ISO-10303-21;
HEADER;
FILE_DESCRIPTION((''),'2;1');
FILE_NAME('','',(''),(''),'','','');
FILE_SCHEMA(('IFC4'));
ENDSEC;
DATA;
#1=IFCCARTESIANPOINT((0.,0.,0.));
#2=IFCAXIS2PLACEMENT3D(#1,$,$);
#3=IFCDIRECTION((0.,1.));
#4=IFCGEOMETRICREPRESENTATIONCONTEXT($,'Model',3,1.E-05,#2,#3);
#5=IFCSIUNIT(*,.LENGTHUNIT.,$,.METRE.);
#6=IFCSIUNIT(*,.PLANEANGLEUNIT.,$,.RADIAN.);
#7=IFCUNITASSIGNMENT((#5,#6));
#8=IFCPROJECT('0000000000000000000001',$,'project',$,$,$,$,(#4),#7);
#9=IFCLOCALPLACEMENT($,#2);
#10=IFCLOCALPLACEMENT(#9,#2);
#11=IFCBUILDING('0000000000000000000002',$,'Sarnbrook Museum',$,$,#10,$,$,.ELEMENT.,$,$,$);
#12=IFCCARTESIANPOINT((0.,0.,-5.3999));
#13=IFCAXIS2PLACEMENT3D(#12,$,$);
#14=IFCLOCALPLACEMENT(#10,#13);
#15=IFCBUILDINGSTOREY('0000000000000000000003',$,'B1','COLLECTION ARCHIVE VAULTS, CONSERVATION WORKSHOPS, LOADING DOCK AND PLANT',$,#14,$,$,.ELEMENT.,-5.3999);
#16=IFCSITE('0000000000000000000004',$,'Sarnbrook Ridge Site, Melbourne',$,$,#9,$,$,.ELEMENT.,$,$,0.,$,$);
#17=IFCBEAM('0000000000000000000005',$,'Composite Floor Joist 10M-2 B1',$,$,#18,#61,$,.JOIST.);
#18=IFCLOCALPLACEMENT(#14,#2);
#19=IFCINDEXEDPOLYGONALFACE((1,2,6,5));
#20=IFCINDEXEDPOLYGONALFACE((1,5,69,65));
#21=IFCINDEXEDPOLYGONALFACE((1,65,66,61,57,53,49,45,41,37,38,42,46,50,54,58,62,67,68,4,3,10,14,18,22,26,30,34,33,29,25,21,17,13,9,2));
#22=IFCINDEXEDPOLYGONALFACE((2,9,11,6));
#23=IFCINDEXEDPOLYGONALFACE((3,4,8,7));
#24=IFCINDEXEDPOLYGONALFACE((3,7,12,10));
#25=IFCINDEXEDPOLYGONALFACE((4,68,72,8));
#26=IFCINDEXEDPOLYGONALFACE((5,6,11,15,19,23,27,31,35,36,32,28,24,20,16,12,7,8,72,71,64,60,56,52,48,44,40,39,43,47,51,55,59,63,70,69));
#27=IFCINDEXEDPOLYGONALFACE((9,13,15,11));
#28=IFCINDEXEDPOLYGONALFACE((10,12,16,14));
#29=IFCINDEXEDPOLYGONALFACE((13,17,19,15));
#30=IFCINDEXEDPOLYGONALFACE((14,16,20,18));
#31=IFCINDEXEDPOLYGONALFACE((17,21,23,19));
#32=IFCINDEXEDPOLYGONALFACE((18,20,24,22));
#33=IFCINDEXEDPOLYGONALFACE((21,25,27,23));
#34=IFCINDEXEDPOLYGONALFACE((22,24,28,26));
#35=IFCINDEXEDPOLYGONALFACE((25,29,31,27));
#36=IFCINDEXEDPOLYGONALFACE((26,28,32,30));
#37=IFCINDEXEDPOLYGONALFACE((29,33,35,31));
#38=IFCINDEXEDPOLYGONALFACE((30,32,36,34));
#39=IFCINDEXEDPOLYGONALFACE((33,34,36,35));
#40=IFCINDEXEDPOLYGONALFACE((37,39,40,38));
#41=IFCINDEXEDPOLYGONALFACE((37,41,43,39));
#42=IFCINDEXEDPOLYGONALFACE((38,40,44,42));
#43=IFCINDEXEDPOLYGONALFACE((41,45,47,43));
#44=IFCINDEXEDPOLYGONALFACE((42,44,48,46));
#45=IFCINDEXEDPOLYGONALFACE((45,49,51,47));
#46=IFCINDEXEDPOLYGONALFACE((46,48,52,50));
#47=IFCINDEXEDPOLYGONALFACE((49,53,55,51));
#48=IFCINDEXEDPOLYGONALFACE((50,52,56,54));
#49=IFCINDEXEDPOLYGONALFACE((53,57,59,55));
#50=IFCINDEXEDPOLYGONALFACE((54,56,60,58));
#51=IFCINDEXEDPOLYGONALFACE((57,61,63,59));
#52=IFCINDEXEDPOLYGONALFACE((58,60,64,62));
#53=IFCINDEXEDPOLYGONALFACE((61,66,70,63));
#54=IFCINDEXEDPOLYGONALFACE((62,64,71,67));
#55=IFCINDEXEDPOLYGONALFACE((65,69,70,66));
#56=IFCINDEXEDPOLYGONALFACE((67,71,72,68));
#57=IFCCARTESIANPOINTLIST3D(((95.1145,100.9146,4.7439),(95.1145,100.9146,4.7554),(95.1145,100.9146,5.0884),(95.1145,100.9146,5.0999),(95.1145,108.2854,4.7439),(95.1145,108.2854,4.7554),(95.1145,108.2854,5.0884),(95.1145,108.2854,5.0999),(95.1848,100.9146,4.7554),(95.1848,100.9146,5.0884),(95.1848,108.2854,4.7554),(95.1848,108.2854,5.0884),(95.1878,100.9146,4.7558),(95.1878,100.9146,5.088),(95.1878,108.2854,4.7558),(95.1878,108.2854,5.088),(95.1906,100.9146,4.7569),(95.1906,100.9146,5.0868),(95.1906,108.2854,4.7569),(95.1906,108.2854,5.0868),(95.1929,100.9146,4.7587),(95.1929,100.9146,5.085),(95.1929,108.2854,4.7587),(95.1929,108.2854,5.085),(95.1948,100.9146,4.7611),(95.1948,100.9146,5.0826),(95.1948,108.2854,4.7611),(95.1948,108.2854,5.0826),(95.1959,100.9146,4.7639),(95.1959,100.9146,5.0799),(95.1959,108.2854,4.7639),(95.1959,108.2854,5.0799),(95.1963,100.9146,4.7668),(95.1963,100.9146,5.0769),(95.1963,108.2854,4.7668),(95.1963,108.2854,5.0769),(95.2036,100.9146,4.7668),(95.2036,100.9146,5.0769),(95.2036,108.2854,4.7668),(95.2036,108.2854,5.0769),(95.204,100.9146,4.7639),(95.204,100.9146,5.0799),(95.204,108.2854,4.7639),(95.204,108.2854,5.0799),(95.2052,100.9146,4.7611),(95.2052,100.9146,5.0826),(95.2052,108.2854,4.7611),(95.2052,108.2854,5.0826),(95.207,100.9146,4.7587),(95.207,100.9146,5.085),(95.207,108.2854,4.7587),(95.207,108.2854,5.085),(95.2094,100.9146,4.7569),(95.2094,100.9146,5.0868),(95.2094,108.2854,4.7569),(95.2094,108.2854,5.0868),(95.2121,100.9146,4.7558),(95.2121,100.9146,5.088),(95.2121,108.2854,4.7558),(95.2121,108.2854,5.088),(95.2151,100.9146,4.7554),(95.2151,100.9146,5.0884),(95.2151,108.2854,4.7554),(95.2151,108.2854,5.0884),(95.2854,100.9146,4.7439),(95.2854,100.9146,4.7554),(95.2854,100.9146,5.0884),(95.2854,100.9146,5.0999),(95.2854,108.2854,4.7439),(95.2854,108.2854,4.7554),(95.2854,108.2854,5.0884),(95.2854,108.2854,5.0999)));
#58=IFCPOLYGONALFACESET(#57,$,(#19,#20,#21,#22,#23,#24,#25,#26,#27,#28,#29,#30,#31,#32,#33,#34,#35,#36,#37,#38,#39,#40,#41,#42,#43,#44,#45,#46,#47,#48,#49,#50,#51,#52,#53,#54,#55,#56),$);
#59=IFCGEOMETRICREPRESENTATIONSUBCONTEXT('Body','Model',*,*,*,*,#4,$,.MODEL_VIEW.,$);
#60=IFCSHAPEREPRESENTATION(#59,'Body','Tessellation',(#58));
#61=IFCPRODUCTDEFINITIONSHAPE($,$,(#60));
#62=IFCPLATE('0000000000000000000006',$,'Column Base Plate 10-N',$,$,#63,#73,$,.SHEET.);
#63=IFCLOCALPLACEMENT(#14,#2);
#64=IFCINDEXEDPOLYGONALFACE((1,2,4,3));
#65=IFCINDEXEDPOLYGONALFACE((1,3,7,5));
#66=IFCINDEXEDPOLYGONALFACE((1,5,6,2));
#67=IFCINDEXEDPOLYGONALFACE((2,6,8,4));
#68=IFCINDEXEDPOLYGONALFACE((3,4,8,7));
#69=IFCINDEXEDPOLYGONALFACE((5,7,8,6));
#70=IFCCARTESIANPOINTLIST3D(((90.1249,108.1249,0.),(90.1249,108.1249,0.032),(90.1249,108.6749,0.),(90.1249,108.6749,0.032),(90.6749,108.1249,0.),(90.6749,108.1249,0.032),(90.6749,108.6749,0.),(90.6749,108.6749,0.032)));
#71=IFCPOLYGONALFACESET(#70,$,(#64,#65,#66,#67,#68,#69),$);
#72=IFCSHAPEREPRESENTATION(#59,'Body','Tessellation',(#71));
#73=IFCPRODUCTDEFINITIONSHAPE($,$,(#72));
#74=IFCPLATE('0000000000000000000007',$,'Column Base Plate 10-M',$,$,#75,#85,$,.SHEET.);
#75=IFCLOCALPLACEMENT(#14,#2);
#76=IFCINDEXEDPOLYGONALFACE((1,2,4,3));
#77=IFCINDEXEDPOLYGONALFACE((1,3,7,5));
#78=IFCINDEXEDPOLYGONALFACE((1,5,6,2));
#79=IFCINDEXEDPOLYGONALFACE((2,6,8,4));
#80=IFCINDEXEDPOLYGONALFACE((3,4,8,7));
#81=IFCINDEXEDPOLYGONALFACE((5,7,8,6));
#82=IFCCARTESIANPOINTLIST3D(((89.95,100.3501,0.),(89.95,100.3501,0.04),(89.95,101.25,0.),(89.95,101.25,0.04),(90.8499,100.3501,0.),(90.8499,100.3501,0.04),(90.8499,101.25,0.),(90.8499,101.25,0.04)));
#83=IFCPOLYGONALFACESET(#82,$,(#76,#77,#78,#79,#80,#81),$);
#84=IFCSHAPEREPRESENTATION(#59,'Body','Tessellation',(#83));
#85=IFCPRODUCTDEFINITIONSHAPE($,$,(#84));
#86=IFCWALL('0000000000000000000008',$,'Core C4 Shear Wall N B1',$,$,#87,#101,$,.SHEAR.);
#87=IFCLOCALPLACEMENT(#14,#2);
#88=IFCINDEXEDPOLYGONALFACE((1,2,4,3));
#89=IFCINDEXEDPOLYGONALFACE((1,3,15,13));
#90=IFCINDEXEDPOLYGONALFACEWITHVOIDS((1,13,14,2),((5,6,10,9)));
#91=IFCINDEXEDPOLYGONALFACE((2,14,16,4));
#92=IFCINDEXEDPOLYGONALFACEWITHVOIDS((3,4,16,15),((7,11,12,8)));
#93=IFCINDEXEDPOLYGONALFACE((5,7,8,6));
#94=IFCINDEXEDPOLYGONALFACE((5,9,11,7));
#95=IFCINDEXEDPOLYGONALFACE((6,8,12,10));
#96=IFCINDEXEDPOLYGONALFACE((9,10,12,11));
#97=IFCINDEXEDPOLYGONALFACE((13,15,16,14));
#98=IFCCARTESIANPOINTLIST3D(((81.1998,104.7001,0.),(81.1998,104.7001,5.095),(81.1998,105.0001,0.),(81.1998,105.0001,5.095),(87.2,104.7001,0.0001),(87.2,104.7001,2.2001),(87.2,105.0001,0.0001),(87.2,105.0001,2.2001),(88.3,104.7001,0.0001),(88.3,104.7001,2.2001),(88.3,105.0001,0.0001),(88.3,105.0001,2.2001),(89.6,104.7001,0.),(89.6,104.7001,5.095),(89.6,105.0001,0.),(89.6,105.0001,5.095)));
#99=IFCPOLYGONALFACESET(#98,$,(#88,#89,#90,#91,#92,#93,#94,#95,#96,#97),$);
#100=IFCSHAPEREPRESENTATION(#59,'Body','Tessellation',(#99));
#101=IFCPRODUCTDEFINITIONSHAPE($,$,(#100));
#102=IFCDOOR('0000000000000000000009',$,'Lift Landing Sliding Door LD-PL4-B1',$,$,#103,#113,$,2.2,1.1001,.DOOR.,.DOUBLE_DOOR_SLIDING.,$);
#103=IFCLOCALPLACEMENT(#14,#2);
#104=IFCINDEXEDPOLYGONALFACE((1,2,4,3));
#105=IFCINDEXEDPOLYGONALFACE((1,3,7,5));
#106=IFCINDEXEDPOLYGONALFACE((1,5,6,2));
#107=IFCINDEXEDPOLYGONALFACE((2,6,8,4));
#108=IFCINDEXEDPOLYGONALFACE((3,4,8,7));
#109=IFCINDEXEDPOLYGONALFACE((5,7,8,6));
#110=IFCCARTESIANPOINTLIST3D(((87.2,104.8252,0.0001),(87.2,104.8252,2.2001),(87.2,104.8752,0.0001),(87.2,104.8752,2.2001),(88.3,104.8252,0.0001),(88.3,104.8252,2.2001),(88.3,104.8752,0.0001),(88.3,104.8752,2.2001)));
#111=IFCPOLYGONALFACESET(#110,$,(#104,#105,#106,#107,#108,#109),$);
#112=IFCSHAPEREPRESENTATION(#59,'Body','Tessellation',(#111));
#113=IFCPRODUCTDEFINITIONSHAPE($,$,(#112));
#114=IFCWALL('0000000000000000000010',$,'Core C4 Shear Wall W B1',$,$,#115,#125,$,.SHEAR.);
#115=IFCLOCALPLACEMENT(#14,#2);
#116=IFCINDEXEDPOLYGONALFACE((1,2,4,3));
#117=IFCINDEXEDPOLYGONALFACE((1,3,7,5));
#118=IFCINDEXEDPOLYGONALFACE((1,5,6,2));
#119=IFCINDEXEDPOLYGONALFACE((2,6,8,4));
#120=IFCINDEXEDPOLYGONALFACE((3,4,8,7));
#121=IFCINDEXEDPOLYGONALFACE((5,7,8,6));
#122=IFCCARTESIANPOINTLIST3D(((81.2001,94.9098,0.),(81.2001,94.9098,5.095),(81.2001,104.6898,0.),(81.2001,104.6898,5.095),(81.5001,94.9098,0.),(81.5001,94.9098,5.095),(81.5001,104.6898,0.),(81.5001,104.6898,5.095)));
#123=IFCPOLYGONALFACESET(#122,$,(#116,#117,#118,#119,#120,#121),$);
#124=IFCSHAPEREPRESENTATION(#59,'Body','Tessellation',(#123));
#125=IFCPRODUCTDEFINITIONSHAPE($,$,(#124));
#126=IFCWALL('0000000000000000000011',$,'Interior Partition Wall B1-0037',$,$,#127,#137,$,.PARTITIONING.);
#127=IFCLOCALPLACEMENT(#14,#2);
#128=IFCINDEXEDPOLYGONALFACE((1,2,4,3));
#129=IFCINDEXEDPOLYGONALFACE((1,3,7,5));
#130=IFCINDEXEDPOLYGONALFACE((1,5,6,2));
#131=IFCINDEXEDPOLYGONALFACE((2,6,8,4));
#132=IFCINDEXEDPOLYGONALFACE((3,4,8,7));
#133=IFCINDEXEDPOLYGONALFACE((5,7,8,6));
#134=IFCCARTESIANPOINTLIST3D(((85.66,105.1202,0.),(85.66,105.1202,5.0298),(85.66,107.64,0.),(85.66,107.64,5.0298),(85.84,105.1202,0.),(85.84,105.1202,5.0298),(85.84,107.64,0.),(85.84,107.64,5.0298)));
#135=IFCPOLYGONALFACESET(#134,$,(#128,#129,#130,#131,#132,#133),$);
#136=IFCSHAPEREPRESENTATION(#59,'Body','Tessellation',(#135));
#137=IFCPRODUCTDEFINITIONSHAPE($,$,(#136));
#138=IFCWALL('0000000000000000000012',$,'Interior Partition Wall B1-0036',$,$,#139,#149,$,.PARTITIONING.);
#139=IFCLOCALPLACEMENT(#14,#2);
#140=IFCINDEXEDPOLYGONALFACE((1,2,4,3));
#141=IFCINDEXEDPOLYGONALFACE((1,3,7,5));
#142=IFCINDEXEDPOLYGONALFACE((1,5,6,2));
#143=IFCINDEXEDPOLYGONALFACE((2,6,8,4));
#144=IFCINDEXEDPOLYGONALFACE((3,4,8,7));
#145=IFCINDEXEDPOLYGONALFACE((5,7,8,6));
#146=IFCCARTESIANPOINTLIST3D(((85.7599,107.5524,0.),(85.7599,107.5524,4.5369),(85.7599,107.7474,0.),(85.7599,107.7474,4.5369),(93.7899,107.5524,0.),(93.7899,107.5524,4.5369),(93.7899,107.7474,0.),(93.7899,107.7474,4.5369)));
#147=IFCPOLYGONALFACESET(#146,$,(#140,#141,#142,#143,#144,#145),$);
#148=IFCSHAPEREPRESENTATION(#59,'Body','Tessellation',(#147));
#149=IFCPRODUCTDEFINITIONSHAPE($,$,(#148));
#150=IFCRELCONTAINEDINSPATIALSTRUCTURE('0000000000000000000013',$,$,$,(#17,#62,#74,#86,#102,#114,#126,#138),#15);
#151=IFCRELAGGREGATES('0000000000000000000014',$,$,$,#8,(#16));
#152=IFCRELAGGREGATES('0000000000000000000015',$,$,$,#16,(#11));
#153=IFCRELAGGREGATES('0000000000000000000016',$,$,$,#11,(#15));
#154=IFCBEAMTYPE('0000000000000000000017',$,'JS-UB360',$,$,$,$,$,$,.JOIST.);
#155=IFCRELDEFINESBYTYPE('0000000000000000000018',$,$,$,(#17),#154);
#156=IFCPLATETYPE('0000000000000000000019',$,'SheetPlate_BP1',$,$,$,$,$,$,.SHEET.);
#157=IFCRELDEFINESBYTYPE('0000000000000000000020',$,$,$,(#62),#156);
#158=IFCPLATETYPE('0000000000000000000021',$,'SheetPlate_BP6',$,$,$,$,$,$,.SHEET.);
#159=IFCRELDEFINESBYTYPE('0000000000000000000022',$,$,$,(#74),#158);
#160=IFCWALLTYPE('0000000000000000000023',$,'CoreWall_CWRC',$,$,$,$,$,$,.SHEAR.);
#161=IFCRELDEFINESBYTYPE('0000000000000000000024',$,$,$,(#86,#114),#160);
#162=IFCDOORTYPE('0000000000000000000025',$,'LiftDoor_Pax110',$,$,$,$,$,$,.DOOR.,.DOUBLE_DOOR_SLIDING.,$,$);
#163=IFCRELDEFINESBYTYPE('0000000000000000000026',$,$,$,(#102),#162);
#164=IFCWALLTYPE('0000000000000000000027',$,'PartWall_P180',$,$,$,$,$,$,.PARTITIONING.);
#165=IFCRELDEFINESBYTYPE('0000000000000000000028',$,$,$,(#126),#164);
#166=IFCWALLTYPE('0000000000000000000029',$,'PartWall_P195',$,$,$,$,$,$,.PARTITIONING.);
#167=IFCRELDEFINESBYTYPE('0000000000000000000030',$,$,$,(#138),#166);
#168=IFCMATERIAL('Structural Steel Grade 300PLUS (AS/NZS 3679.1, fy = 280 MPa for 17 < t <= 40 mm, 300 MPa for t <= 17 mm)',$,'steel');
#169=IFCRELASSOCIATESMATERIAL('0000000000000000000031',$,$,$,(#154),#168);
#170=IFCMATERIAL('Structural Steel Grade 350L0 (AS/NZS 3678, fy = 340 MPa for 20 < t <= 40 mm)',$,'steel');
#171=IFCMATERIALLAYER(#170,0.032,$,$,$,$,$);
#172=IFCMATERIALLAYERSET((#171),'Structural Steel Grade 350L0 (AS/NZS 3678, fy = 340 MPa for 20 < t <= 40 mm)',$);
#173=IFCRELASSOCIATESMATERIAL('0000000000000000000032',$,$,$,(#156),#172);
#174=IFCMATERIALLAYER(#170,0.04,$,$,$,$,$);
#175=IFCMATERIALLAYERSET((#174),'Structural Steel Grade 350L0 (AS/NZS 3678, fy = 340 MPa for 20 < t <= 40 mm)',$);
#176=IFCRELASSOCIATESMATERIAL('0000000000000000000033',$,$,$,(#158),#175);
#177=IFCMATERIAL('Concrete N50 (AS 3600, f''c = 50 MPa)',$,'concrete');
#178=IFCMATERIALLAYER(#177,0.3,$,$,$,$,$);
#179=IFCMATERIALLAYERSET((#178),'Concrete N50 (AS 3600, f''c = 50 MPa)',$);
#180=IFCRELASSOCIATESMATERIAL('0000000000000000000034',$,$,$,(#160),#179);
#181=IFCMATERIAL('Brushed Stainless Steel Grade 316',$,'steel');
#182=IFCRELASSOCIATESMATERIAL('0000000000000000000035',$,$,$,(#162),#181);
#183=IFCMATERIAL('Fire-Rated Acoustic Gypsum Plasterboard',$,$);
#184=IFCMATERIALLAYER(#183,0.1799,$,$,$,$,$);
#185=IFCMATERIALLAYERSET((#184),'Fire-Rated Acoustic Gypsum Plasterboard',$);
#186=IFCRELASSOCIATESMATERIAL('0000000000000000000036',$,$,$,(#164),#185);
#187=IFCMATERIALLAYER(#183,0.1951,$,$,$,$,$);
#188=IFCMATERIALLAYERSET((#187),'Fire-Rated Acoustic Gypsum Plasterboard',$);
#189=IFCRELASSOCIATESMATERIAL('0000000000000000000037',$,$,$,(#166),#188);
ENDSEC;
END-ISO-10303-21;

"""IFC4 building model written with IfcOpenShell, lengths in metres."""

from ifc_helpers import new_model, si_unit, direction, frame, frame_2d, origin, origin_2d, place, context, subcontext, project, spatial, rectangle, i_section, extrude, material, layer, layer_set, material_profile, profile_set, type_object, element, fill, save


model = new_model("IFC4")

# Units and contexts
model_context = context("Model", 3, precision=1e-05, world=origin(), true_north=direction((0.0, 1.0)))
body_context = subcontext(model_context, "Body", "Model", "MODEL_VIEW")
ifc_project = project(units=[si_unit("LENGTHUNIT", "METRE"), si_unit("PLANEANGLEUNIT", "RADIAN")], contexts=[model_context])

# Site, building, storey
site_placement = place(None, origin())
site = spatial("IfcSite", under=ifc_project, at=site_placement, Name="Sarnbrook Ridge Site, Melbourne", CompositionType="ELEMENT", RefElevation=0.0)
building_placement = place(site_placement, origin())
building = spatial("IfcBuilding", under=site, at=building_placement, Name="Sarnbrook Museum", CompositionType="ELEMENT")
storey_placement = place(building_placement, frame((0.0, 0.0, -5.3999)))
storey = spatial("IfcBuildingStorey", under=building, at=storey_placement, Name="B1", Description="COLLECTION ARCHIVE VAULTS, CONSERVATION WORKSHOPS, LOADING DOCK AND PLANT", CompositionType="ELEMENT", Elevation=-5.3999)

# Shared definitions
ifc_material_1 = material(Name="Concrete N50 (AS 3600, f'c = 50 MPa)", Category="concrete")

# Shared definitions
ifc_material_2 = material(Name="Structural Steel Grade 350L0 (AS/NZS 3678, fy = 340 MPa for 20 < t <= 40 mm)", Category="steel")

# Beam
ifc_material_3 = material(Name="Structural Steel Grade 300PLUS (AS/NZS 3679.1, fy = 280 MPa for 17 < t <= 40 mm, 300 MPa for t <= 17 mm)", Category="steel")
ifc_material_profile_1 = material_profile(ifc_material_3, i_section(OverallWidth=0.1709, OverallDepth=0.356, WebThickness=0.0073, FlangeThickness=0.0115, FilletRadius=0.0115, at=origin_2d()), Name="360UB50.7")
ifc_profile_set_1 = profile_set([ifc_material_profile_1], Name="Structural Steel Grade 300PLUS (AS/NZS 3679.1, fy = 280 MPa for 17 < t <= 40 mm, 300 MPa for t <= 17 mm)")
beam_type_1 = type_object("IfcBeamType", Name="JS-UB360", PredefinedType="JOIST", material=ifc_profile_set_1)
for number, where, z_axis, x_axis, name in (
    (1, (95.2, 100.9146, 4.9219), (0.0, 1.0, 0.0), (-1.0, 0.0, 0.0), "Composite Floor Joist 10M-2 B1"),
):
    element("IfcBeam", number, at=place(storey_placement, frame(where, z_axis=z_axis, x_axis=x_axis)), inside=storey, type_object=beam_type_1, Name=name, PredefinedType="JOIST", context=body_context, shape_type="SweptSolid", body=[
        extrude(i_section(OverallWidth=0.1709, OverallDepth=0.356, WebThickness=0.0073, FlangeThickness=0.0115, FilletRadius=0.0115, at=origin_2d()), origin(), (0.0, 0.0, 1.0), 7.3708),
    ])

# Plates
ifc_layer_1 = layer(ifc_material_2, 0.032)
ifc_layer_set_1 = layer_set([ifc_layer_1], Name="Structural Steel Grade 350L0 (AS/NZS 3678, fy = 340 MPa for 20 < t <= 40 mm)")
plate_type_1 = type_object("IfcPlateType", Name="SheetPlate_BP1", PredefinedType="SHEET", material=ifc_layer_set_1)
plate_1_placement = place(storey_placement, frame((90.3999, 108.3999, 0.0), z_axis=(0.0, 0.0, 1.0), x_axis=(1.0, 0.0, 0.0)))
element("IfcPlate", 2, at=plate_1_placement, inside=storey, type_object=plate_type_1, Name="Column Base Plate 10-N", PredefinedType="SHEET", context=body_context, shape_type="SweptSolid", body=[
    extrude(rectangle(XDim=0.55, YDim=0.55, at=origin_2d()), origin(), (0.0, 0.0, 1.0), 0.032),
])
ifc_layer_2 = layer(ifc_material_2, 0.04)
ifc_layer_set_2 = layer_set([ifc_layer_2], Name="Structural Steel Grade 350L0 (AS/NZS 3678, fy = 340 MPa for 20 < t <= 40 mm)")
plate_type_2 = type_object("IfcPlateType", Name="SheetPlate_BP6", PredefinedType="SHEET", material=ifc_layer_set_2)
plate_2_placement = place(storey_placement, frame((90.3999, 100.8, 0.0), z_axis=(0.0, 0.0, 1.0), x_axis=(1.0, 0.0, 0.0)))
element("IfcPlate", 3, at=plate_2_placement, inside=storey, type_object=plate_type_2, Name="Column Base Plate 10-M", PredefinedType="SHEET", context=body_context, shape_type="SweptSolid", body=[
    extrude(rectangle(XDim=0.8999, YDim=0.8999, at=origin_2d()), origin(), (0.0, 0.0, 1.0), 0.04),
])

# Wall, opening, door
ifc_layer_3 = layer(ifc_material_1, 0.3)
ifc_layer_set_3 = layer_set([ifc_layer_3], Name="Concrete N50 (AS 3600, f'c = 50 MPa)")
wall_type_1 = type_object("IfcWallType", Name="CoreWall_CWRC", PredefinedType="SHEAR", material=ifc_layer_set_3)
wall_1_placement = place(storey_placement, frame((89.6001, 104.8501, 0.0), z_axis=(0.0, 0.0, 1.0), x_axis=(-1.0, 0.0, 0.0)))
wall_1 = element("IfcWall", 4, at=wall_1_placement, inside=storey, type_object=wall_type_1, Name="Core C4 Shear Wall N B1", PredefinedType="SHEAR", context=body_context, shape_type="SweptSolid", body=[
    extrude(rectangle(XDim=8.4001, YDim=0.3, at=frame_2d((4.2002, 0.0))), origin(), (0.0, 0.0, 1.0), 5.095),
])
opening_placement = place(wall_1_placement, frame((1.3, 0.0, 0.0)))
opening = element("IfcOpeningElement", 5, at=opening_placement, cuts=wall_1, PredefinedType="OPENING", context=body_context, shape_type="SweptSolid", body=[
    extrude(rectangle(XDim=1.1001, YDim=2.2, at=frame_2d((0.55, 1.1001))), frame((0.0, 0.1602, 0.0), z_axis=(0.0, -1.0, 0.0), x_axis=(1.0, 0.0, 0.0)), (0.0, 0.0, 1.0), 0.3201),
])
ifc_material_4 = material(Name="Brushed Stainless Steel Grade 316", Category="steel")
door_type = type_object("IfcDoorType", Name="LiftDoor_Pax110", OperationType="DOUBLE_DOOR_SLIDING", PredefinedType="DOOR", material=ifc_material_4)
door_placement = place(opening_placement, origin())
door = element("IfcDoor", 6, at=door_placement, inside=storey, type_object=door_type, Name="Lift Landing Sliding Door LD-PL4-B1", OperationType="DOUBLE_DOOR_SLIDING", OverallHeight=2.2, OverallWidth=1.1001, PredefinedType="DOOR", context=body_context, shape_type="SweptSolid", body=[
    extrude(rectangle(XDim=1.1001, YDim=2.2, at=frame_2d((0.55, 1.1001))), frame((0.0, 0.0249, 0.0), z_axis=(0.0, -1.0, 0.0), x_axis=(1.0, 0.0, 0.0)), (0.0, 0.0, 1.0), 0.05),
])
fill(opening, door)

# Walls
wall_2_placement = place(storey_placement, frame((81.3501, 104.6899, 0.0), z_axis=(0.0, 0.0, 1.0), x_axis=(0.0, -1.0, 0.0)))
element("IfcWall", 7, at=wall_2_placement, inside=storey, type_object=wall_type_1, Name="Core C4 Shear Wall W B1", PredefinedType="SHEAR", context=body_context, shape_type="SweptSolid", body=[
    extrude(rectangle(XDim=9.78, YDim=0.3, at=frame_2d((4.8901, 0.0))), origin(), (0.0, 0.0, 1.0), 5.095),
])
ifc_material_5 = material(Name="Fire-Rated Acoustic Gypsum Plasterboard")
ifc_layer_4 = layer(ifc_material_5, 0.1799)
ifc_layer_set_4 = layer_set([ifc_layer_4], Name="Fire-Rated Acoustic Gypsum Plasterboard")
wall_type_2 = type_object("IfcWallType", Name="PartWall_P180", PredefinedType="PARTITIONING", material=ifc_layer_set_4)
wall_3_placement = place(storey_placement, frame((85.75, 107.6399, 0.0), z_axis=(0.0, 0.0, 1.0), x_axis=(0.0, -1.0, 0.0)))
element("IfcWall", 8, at=wall_3_placement, inside=storey, type_object=wall_type_2, Name="Interior Partition Wall B1-0037", PredefinedType="PARTITIONING", context=body_context, shape_type="SweptSolid", body=[
    extrude(rectangle(XDim=2.5198, YDim=0.1799, at=frame_2d((1.2598, 0.0))), origin(), (0.0, 0.0, 1.0), 5.0298),
])
ifc_layer_5 = layer(ifc_material_5, 0.1951)
ifc_layer_set_5 = layer_set([ifc_layer_5], Name="Fire-Rated Acoustic Gypsum Plasterboard")
wall_type_3 = type_object("IfcWallType", Name="PartWall_P195", PredefinedType="PARTITIONING", material=ifc_layer_set_5)
wall_4_placement = place(storey_placement, frame((93.79, 107.6499, 0.0), z_axis=(0.0, 0.0, 1.0), x_axis=(-1.0, 0.0, 0.0)))
element("IfcWall", 9, at=wall_4_placement, inside=storey, type_object=wall_type_3, Name="Interior Partition Wall B1-0036", PredefinedType="PARTITIONING", context=body_context, shape_type="SweptSolid", body=[
    extrude(rectangle(XDim=8.03, YDim=0.1951, at=frame_2d((4.0151, 0.0))), origin(), (0.0, 0.0, 1.0), 4.5369),
])

save(model, "model.ifc")
